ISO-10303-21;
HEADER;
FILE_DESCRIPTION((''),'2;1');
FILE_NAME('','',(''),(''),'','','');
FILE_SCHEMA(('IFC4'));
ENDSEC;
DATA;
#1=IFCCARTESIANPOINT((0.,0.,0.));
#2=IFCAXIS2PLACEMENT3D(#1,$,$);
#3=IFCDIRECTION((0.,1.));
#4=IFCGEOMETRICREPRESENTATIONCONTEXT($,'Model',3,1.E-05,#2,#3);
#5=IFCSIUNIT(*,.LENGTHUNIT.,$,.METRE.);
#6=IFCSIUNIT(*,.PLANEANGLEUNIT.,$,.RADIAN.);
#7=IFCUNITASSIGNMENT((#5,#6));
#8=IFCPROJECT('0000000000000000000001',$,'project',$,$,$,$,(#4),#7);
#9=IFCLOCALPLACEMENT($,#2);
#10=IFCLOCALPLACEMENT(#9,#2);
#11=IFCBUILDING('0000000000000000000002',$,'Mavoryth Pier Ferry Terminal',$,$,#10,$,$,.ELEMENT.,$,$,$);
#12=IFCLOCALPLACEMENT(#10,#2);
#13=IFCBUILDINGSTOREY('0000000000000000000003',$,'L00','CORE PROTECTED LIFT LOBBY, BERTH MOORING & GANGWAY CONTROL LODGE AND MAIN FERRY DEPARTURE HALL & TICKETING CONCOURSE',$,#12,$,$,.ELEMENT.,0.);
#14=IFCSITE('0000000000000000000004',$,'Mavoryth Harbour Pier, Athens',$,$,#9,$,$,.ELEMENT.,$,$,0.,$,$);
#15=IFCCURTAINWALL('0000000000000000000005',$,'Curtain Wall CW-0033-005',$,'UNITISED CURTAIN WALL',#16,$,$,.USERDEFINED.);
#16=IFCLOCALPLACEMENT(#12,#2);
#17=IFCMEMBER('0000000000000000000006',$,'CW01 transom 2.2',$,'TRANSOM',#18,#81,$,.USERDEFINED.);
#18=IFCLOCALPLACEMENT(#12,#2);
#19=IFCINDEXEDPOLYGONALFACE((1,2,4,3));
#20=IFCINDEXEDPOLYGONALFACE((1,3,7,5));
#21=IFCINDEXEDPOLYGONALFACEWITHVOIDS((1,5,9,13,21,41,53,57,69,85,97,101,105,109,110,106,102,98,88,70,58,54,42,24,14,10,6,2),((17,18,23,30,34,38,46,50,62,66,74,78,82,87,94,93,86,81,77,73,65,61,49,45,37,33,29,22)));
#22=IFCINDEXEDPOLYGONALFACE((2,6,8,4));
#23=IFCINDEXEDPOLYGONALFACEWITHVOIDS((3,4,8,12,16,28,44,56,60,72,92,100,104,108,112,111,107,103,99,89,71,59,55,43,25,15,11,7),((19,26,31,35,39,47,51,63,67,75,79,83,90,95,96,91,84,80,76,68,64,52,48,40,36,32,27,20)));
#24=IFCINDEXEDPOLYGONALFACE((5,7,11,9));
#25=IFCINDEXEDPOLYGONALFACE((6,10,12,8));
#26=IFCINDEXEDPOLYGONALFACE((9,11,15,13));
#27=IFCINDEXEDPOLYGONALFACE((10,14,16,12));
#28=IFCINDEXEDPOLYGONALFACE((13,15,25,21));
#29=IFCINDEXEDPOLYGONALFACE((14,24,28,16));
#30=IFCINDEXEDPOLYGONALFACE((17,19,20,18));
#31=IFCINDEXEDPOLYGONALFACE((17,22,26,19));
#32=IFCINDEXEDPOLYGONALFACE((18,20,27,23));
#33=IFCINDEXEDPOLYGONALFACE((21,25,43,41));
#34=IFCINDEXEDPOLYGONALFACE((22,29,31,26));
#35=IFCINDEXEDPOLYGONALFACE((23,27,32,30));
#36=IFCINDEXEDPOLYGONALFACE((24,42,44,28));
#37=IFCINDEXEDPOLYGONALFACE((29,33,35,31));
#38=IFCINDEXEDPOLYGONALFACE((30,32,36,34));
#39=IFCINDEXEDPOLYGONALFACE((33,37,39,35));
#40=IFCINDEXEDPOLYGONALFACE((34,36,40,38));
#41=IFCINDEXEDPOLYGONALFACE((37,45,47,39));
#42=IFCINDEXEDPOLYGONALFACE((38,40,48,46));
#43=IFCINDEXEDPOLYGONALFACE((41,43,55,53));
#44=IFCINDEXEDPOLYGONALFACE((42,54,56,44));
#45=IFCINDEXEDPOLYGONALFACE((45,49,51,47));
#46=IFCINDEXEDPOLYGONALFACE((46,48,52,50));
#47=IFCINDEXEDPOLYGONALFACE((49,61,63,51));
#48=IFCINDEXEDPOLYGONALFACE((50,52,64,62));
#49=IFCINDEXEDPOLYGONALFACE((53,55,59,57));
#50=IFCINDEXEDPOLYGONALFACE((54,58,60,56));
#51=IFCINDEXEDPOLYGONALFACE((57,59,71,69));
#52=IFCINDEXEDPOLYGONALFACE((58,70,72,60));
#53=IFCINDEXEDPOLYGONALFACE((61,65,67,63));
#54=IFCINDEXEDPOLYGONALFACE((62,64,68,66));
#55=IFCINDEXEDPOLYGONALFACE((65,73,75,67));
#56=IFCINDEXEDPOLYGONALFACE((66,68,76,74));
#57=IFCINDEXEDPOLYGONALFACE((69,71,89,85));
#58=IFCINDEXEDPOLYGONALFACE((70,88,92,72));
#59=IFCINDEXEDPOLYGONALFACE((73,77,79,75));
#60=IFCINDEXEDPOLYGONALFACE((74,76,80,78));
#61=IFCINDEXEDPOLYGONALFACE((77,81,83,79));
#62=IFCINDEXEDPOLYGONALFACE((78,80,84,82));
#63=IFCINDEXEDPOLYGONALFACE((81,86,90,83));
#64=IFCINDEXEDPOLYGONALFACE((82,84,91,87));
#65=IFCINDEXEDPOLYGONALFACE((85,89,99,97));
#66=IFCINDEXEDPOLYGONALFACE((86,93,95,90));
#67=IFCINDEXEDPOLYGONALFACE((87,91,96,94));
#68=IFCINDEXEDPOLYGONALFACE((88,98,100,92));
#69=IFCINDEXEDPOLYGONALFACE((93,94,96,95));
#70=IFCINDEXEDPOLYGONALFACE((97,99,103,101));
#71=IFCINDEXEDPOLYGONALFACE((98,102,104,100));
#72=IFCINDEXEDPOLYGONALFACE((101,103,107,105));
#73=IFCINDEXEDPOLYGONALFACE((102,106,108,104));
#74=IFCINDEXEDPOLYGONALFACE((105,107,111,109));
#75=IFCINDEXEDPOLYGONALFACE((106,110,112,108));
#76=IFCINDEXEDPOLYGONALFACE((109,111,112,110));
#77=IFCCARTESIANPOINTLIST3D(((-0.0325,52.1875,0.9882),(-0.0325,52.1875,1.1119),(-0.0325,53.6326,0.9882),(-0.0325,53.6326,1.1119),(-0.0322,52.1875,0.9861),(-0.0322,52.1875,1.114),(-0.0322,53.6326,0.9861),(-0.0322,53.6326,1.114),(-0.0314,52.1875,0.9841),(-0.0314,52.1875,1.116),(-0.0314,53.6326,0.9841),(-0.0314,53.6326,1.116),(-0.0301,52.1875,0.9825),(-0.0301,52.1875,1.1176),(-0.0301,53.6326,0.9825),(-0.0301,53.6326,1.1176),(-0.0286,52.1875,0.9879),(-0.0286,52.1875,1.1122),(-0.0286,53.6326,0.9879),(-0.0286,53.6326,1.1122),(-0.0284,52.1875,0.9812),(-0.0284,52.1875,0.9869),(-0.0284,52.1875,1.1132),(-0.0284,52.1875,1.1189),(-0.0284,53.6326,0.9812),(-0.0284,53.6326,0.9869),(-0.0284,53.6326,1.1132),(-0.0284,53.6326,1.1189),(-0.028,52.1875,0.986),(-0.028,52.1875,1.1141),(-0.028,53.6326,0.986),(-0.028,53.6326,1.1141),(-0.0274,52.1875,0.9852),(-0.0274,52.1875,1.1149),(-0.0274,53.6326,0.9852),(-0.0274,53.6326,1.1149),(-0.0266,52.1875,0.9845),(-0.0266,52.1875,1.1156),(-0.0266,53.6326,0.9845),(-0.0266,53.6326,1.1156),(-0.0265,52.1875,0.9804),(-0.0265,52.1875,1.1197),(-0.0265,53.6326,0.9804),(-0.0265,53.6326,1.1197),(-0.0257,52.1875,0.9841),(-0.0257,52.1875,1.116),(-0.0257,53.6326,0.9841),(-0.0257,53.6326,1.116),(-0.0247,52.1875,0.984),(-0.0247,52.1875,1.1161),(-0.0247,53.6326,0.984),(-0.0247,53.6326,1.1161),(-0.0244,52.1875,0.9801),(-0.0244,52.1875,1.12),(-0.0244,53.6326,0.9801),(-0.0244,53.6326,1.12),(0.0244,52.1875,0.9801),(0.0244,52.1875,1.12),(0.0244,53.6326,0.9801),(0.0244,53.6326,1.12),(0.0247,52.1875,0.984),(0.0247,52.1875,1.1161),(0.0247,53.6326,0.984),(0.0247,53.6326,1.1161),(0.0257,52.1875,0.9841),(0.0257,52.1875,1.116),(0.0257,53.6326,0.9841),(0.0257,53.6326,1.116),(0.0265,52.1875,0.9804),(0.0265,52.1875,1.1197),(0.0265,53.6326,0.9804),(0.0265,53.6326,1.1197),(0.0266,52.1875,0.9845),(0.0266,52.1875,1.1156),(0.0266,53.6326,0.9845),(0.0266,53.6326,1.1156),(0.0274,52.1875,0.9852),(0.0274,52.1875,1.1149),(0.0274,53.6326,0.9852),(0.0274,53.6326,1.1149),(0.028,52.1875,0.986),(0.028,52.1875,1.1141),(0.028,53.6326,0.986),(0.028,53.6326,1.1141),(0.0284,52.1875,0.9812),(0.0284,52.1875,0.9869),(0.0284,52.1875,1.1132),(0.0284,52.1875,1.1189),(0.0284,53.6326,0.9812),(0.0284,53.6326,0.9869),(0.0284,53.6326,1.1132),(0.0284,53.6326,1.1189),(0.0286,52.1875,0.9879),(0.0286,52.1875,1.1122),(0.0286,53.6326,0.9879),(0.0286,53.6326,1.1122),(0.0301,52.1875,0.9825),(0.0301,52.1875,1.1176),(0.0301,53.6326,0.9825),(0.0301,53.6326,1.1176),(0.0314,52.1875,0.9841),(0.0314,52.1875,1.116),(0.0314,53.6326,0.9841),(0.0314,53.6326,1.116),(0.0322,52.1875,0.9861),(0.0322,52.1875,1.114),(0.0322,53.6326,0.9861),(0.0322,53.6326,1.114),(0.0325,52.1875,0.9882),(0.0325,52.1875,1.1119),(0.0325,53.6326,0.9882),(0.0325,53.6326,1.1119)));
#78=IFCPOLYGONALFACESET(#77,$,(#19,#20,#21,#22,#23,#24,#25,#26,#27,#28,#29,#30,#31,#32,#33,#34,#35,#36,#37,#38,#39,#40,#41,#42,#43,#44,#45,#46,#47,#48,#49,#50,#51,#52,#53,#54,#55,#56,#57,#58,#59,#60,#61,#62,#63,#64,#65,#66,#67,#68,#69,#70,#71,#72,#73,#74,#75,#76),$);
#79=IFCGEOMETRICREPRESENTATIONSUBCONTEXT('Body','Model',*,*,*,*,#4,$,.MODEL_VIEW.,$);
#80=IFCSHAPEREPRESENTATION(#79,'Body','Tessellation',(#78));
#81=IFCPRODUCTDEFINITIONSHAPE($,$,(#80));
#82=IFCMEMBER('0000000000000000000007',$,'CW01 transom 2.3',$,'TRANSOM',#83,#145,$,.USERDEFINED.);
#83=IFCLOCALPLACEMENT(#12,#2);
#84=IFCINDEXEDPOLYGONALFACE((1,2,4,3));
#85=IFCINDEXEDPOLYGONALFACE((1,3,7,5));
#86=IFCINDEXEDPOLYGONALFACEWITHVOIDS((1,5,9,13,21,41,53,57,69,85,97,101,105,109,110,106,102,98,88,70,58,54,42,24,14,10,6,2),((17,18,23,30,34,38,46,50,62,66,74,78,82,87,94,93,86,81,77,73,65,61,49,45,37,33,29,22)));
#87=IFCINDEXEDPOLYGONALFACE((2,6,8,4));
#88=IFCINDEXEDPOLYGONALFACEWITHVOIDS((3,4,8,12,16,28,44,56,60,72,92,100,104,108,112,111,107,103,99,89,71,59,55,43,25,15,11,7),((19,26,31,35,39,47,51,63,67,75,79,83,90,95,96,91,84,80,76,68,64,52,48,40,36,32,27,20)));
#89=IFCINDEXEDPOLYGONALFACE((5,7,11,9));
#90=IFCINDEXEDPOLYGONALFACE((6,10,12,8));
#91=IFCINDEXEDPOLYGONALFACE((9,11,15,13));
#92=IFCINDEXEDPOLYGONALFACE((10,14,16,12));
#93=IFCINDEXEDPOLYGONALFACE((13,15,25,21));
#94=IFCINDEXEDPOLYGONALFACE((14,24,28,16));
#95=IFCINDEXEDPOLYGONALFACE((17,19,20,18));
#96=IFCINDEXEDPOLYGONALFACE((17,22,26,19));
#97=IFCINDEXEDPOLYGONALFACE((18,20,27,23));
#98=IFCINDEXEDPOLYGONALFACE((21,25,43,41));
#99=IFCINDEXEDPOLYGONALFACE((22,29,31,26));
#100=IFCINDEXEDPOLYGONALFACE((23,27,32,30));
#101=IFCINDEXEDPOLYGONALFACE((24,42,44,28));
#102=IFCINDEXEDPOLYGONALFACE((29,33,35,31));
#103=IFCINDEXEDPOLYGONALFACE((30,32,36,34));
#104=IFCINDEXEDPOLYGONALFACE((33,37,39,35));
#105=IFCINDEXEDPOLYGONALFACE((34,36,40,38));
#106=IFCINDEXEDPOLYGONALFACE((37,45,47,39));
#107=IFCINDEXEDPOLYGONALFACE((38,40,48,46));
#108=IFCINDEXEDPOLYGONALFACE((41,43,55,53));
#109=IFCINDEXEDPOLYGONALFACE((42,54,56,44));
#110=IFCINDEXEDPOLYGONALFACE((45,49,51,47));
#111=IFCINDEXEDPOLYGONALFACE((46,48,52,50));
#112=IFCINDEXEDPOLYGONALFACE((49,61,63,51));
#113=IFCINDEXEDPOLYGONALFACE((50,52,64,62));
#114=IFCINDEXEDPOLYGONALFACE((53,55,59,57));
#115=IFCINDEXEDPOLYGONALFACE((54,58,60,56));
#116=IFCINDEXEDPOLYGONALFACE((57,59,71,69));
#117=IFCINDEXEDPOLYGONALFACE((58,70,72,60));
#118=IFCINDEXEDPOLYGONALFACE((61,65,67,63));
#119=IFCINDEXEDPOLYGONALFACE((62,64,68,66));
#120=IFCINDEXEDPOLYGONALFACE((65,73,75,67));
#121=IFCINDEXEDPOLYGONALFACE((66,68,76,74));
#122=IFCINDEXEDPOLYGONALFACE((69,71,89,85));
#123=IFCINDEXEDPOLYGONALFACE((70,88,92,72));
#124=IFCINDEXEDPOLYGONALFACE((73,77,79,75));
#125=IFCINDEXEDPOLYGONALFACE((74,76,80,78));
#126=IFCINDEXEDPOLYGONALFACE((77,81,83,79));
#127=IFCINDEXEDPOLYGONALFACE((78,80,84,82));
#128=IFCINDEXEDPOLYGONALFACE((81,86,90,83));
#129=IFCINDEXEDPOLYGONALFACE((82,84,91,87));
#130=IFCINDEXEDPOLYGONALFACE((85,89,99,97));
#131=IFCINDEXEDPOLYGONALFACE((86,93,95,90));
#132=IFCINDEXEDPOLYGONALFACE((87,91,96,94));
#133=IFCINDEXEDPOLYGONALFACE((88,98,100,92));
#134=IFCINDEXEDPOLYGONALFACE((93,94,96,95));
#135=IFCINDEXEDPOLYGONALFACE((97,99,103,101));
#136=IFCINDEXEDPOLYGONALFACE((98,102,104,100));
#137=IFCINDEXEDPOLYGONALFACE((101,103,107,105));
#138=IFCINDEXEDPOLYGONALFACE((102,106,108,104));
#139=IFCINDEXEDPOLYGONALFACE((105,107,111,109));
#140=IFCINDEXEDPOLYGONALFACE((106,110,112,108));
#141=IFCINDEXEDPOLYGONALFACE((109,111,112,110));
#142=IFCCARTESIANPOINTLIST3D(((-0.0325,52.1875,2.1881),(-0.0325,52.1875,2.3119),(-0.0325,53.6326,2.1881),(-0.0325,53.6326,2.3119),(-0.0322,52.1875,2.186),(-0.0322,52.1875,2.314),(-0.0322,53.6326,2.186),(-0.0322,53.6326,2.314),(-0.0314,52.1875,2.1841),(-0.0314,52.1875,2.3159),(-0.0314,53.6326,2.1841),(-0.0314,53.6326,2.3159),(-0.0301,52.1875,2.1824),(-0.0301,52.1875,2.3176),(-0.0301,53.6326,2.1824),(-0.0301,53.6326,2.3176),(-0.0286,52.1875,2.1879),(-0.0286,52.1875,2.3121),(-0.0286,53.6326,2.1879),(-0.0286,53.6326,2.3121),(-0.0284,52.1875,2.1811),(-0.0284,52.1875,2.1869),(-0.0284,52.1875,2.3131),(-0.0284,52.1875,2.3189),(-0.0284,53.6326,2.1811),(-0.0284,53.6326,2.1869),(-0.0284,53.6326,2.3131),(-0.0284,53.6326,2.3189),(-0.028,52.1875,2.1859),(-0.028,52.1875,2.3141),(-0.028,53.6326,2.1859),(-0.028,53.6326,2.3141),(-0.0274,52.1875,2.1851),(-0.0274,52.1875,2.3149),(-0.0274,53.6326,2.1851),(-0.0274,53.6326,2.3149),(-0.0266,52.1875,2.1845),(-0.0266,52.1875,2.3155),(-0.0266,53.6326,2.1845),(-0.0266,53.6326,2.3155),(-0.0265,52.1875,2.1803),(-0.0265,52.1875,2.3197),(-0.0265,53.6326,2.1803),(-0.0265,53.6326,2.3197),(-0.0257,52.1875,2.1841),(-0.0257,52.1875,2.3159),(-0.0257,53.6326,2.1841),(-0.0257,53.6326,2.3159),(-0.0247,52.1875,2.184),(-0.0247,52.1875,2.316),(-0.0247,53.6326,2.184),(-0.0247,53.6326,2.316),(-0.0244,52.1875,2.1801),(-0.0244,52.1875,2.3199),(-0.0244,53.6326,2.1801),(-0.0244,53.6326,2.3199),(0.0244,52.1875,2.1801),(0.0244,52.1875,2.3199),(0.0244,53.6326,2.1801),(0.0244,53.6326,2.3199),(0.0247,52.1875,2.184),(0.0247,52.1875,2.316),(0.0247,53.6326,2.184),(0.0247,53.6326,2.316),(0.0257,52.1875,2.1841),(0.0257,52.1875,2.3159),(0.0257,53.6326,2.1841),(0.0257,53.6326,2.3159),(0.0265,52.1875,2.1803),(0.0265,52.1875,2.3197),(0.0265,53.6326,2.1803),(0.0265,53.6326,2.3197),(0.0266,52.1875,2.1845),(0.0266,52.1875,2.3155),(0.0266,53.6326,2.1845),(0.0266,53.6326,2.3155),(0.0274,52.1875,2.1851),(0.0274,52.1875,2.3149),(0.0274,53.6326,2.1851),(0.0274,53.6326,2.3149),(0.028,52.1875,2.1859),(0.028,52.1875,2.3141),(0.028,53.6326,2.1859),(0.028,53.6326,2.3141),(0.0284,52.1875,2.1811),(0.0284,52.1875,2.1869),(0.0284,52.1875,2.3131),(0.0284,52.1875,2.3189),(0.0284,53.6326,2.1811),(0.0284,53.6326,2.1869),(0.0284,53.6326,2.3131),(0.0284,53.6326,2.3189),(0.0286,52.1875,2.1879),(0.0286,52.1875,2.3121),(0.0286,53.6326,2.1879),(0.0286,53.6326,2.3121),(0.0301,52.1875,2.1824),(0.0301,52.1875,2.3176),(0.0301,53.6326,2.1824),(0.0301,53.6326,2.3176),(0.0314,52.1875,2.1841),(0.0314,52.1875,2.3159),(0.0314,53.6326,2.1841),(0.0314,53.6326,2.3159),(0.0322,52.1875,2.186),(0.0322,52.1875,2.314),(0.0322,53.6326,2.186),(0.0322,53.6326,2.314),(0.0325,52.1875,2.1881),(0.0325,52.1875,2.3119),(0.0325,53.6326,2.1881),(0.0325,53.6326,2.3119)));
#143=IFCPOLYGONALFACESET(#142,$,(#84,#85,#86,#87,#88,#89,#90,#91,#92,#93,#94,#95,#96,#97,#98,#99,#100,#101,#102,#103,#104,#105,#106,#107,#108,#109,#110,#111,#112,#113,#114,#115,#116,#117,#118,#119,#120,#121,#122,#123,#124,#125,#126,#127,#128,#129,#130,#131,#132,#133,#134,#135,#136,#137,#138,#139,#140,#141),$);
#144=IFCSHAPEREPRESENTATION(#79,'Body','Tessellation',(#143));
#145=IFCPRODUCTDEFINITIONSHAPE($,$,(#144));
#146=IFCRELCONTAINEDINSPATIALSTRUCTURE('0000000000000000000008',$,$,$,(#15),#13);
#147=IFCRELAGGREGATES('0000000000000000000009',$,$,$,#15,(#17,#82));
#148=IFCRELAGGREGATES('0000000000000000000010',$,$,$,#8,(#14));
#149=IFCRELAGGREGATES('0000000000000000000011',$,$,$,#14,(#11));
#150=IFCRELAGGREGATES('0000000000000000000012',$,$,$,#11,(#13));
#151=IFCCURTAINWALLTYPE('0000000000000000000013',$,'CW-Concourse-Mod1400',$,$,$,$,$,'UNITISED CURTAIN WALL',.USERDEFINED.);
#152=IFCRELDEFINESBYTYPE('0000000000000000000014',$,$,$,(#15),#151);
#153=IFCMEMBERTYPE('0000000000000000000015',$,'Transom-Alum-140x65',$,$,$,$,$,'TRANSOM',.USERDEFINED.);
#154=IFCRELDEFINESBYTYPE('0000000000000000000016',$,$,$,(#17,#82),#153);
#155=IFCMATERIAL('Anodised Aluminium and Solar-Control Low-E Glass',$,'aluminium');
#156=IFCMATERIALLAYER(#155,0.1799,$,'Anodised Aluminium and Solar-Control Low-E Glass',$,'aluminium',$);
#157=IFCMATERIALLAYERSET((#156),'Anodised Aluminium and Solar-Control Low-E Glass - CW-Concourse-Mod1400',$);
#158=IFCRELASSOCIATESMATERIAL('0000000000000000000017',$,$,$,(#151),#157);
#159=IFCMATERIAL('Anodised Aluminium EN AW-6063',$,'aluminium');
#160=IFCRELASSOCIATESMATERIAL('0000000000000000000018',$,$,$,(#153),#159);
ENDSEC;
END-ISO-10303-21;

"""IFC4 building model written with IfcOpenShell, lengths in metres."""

from ifc_helpers import new_model, si_unit, direction, frame, origin, origin_2d, place, context, subcontext, project, spatial, hollow_rectangle, extrude, material, layer, layer_set, material_profile, profile_set, type_object, element, aggregate, save


model = new_model("IFC4")

# Units and contexts
model_context = context("Model", 3, precision=1e-05, world=origin(), true_north=direction((0.0, 1.0)))
body_context = subcontext(model_context, "Body", "Model", "MODEL_VIEW")
ifc_project = project(units=[si_unit("LENGTHUNIT", "METRE"), si_unit("PLANEANGLEUNIT", "RADIAN")], contexts=[model_context])

# Site, building, storey
site_placement = place(None, origin())
site = spatial("IfcSite", under=ifc_project, at=site_placement, Name="Mavoryth Harbour Pier, Athens", CompositionType="ELEMENT", RefElevation=0.0)
building_placement = place(site_placement, origin())
building = spatial("IfcBuilding", under=site, at=building_placement, Name="Mavoryth Pier Ferry Terminal", CompositionType="ELEMENT")
storey_placement = place(building_placement, origin())
storey = spatial("IfcBuildingStorey", under=building, at=storey_placement, Name="L00", Description="CORE PROTECTED LIFT LOBBY, BERTH MOORING & GANGWAY CONTROL LODGE AND MAIN FERRY DEPARTURE HALL & TICKETING CONCOURSE", CompositionType="ELEMENT", Elevation=0.0)

# Curtain wall, members
ifc_material_1 = material(Name="Anodised Aluminium and Solar-Control Low-E Glass", Category="aluminium")
ifc_layer_1 = layer(ifc_material_1, 0.1799, Name="Anodised Aluminium and Solar-Control Low-E Glass", Category="aluminium")
ifc_layer_set_1 = layer_set([ifc_layer_1], Name="Anodised Aluminium and Solar-Control Low-E Glass - CW-Concourse-Mod1400")
curtain_wall_type = type_object("IfcCurtainWallType", Name="CW-Concourse-Mod1400", ElementType="UNITISED CURTAIN WALL", PredefinedType="USERDEFINED", material=ifc_layer_set_1)
curtain_wall_placement = place(storey_placement, origin())
curtain_wall = element("IfcCurtainWall", 1, at=curtain_wall_placement, inside=storey, type_object=curtain_wall_type, Name="Curtain Wall CW-0033-005", ObjectType="UNITISED CURTAIN WALL", PredefinedType="USERDEFINED")
ifc_material_2 = material(Name="Anodised Aluminium EN AW-6063", Category="aluminium")
ifc_material_profile_1 = material_profile(ifc_material_2, hollow_rectangle(XDim=0.0649, YDim=0.1399, WallThickness=0.0039, InnerFilletRadius=0.0039, OuterFilletRadius=0.0081, at=origin_2d()), Name="AL-TRAN 140x65x4", Category="aluminium")
ifc_profile_set_1 = profile_set([ifc_material_profile_1], Name="Anodised Aluminium EN AW-6063 - AL-TRAN 140x65x4")
member_type_1 = type_object("IfcMemberType", Name="Transom-Alum-140x65", ElementType="TRANSOM", PredefinedType="USERDEFINED", material=ifc_profile_set_1)
member_1_placement = place(storey_placement, frame((0.0, 53.6326, 1.05), z_axis=(0.0, -1.0, 0.0), x_axis=(1.0, 0.0, 0.0)))
member_1 = element("IfcMember", 2, at=member_1_placement, type_object=member_type_1, Name="CW01 transom 2.2", ObjectType="TRANSOM", PredefinedType="USERDEFINED", context=body_context, shape_type="SweptSolid", body=[
    extrude(hollow_rectangle(XDim=0.0649, YDim=0.1399, WallThickness=0.0039, InnerFilletRadius=0.0039, OuterFilletRadius=0.0081, at=origin_2d()), origin(), (0.0, 0.0, 1.0), 1.4451),
])
member_2_placement = place(storey_placement, frame((0.0, 53.6326, 2.25), z_axis=(0.0, -1.0, 0.0), x_axis=(1.0, 0.0, 0.0)))
member_2 = element("IfcMember", 3, at=member_2_placement, type_object=member_type_1, Name="CW01 transom 2.3", ObjectType="TRANSOM", PredefinedType="USERDEFINED", context=body_context, shape_type="SweptSolid", body=[
    extrude(hollow_rectangle(XDim=0.0649, YDim=0.1399, WallThickness=0.0039, InnerFilletRadius=0.0039, OuterFilletRadius=0.0081, at=origin_2d()), origin(), (0.0, 0.0, 1.0), 1.4451),
])
aggregate(curtain_wall, [member_1, member_2])

save(model, "model.ifc")
